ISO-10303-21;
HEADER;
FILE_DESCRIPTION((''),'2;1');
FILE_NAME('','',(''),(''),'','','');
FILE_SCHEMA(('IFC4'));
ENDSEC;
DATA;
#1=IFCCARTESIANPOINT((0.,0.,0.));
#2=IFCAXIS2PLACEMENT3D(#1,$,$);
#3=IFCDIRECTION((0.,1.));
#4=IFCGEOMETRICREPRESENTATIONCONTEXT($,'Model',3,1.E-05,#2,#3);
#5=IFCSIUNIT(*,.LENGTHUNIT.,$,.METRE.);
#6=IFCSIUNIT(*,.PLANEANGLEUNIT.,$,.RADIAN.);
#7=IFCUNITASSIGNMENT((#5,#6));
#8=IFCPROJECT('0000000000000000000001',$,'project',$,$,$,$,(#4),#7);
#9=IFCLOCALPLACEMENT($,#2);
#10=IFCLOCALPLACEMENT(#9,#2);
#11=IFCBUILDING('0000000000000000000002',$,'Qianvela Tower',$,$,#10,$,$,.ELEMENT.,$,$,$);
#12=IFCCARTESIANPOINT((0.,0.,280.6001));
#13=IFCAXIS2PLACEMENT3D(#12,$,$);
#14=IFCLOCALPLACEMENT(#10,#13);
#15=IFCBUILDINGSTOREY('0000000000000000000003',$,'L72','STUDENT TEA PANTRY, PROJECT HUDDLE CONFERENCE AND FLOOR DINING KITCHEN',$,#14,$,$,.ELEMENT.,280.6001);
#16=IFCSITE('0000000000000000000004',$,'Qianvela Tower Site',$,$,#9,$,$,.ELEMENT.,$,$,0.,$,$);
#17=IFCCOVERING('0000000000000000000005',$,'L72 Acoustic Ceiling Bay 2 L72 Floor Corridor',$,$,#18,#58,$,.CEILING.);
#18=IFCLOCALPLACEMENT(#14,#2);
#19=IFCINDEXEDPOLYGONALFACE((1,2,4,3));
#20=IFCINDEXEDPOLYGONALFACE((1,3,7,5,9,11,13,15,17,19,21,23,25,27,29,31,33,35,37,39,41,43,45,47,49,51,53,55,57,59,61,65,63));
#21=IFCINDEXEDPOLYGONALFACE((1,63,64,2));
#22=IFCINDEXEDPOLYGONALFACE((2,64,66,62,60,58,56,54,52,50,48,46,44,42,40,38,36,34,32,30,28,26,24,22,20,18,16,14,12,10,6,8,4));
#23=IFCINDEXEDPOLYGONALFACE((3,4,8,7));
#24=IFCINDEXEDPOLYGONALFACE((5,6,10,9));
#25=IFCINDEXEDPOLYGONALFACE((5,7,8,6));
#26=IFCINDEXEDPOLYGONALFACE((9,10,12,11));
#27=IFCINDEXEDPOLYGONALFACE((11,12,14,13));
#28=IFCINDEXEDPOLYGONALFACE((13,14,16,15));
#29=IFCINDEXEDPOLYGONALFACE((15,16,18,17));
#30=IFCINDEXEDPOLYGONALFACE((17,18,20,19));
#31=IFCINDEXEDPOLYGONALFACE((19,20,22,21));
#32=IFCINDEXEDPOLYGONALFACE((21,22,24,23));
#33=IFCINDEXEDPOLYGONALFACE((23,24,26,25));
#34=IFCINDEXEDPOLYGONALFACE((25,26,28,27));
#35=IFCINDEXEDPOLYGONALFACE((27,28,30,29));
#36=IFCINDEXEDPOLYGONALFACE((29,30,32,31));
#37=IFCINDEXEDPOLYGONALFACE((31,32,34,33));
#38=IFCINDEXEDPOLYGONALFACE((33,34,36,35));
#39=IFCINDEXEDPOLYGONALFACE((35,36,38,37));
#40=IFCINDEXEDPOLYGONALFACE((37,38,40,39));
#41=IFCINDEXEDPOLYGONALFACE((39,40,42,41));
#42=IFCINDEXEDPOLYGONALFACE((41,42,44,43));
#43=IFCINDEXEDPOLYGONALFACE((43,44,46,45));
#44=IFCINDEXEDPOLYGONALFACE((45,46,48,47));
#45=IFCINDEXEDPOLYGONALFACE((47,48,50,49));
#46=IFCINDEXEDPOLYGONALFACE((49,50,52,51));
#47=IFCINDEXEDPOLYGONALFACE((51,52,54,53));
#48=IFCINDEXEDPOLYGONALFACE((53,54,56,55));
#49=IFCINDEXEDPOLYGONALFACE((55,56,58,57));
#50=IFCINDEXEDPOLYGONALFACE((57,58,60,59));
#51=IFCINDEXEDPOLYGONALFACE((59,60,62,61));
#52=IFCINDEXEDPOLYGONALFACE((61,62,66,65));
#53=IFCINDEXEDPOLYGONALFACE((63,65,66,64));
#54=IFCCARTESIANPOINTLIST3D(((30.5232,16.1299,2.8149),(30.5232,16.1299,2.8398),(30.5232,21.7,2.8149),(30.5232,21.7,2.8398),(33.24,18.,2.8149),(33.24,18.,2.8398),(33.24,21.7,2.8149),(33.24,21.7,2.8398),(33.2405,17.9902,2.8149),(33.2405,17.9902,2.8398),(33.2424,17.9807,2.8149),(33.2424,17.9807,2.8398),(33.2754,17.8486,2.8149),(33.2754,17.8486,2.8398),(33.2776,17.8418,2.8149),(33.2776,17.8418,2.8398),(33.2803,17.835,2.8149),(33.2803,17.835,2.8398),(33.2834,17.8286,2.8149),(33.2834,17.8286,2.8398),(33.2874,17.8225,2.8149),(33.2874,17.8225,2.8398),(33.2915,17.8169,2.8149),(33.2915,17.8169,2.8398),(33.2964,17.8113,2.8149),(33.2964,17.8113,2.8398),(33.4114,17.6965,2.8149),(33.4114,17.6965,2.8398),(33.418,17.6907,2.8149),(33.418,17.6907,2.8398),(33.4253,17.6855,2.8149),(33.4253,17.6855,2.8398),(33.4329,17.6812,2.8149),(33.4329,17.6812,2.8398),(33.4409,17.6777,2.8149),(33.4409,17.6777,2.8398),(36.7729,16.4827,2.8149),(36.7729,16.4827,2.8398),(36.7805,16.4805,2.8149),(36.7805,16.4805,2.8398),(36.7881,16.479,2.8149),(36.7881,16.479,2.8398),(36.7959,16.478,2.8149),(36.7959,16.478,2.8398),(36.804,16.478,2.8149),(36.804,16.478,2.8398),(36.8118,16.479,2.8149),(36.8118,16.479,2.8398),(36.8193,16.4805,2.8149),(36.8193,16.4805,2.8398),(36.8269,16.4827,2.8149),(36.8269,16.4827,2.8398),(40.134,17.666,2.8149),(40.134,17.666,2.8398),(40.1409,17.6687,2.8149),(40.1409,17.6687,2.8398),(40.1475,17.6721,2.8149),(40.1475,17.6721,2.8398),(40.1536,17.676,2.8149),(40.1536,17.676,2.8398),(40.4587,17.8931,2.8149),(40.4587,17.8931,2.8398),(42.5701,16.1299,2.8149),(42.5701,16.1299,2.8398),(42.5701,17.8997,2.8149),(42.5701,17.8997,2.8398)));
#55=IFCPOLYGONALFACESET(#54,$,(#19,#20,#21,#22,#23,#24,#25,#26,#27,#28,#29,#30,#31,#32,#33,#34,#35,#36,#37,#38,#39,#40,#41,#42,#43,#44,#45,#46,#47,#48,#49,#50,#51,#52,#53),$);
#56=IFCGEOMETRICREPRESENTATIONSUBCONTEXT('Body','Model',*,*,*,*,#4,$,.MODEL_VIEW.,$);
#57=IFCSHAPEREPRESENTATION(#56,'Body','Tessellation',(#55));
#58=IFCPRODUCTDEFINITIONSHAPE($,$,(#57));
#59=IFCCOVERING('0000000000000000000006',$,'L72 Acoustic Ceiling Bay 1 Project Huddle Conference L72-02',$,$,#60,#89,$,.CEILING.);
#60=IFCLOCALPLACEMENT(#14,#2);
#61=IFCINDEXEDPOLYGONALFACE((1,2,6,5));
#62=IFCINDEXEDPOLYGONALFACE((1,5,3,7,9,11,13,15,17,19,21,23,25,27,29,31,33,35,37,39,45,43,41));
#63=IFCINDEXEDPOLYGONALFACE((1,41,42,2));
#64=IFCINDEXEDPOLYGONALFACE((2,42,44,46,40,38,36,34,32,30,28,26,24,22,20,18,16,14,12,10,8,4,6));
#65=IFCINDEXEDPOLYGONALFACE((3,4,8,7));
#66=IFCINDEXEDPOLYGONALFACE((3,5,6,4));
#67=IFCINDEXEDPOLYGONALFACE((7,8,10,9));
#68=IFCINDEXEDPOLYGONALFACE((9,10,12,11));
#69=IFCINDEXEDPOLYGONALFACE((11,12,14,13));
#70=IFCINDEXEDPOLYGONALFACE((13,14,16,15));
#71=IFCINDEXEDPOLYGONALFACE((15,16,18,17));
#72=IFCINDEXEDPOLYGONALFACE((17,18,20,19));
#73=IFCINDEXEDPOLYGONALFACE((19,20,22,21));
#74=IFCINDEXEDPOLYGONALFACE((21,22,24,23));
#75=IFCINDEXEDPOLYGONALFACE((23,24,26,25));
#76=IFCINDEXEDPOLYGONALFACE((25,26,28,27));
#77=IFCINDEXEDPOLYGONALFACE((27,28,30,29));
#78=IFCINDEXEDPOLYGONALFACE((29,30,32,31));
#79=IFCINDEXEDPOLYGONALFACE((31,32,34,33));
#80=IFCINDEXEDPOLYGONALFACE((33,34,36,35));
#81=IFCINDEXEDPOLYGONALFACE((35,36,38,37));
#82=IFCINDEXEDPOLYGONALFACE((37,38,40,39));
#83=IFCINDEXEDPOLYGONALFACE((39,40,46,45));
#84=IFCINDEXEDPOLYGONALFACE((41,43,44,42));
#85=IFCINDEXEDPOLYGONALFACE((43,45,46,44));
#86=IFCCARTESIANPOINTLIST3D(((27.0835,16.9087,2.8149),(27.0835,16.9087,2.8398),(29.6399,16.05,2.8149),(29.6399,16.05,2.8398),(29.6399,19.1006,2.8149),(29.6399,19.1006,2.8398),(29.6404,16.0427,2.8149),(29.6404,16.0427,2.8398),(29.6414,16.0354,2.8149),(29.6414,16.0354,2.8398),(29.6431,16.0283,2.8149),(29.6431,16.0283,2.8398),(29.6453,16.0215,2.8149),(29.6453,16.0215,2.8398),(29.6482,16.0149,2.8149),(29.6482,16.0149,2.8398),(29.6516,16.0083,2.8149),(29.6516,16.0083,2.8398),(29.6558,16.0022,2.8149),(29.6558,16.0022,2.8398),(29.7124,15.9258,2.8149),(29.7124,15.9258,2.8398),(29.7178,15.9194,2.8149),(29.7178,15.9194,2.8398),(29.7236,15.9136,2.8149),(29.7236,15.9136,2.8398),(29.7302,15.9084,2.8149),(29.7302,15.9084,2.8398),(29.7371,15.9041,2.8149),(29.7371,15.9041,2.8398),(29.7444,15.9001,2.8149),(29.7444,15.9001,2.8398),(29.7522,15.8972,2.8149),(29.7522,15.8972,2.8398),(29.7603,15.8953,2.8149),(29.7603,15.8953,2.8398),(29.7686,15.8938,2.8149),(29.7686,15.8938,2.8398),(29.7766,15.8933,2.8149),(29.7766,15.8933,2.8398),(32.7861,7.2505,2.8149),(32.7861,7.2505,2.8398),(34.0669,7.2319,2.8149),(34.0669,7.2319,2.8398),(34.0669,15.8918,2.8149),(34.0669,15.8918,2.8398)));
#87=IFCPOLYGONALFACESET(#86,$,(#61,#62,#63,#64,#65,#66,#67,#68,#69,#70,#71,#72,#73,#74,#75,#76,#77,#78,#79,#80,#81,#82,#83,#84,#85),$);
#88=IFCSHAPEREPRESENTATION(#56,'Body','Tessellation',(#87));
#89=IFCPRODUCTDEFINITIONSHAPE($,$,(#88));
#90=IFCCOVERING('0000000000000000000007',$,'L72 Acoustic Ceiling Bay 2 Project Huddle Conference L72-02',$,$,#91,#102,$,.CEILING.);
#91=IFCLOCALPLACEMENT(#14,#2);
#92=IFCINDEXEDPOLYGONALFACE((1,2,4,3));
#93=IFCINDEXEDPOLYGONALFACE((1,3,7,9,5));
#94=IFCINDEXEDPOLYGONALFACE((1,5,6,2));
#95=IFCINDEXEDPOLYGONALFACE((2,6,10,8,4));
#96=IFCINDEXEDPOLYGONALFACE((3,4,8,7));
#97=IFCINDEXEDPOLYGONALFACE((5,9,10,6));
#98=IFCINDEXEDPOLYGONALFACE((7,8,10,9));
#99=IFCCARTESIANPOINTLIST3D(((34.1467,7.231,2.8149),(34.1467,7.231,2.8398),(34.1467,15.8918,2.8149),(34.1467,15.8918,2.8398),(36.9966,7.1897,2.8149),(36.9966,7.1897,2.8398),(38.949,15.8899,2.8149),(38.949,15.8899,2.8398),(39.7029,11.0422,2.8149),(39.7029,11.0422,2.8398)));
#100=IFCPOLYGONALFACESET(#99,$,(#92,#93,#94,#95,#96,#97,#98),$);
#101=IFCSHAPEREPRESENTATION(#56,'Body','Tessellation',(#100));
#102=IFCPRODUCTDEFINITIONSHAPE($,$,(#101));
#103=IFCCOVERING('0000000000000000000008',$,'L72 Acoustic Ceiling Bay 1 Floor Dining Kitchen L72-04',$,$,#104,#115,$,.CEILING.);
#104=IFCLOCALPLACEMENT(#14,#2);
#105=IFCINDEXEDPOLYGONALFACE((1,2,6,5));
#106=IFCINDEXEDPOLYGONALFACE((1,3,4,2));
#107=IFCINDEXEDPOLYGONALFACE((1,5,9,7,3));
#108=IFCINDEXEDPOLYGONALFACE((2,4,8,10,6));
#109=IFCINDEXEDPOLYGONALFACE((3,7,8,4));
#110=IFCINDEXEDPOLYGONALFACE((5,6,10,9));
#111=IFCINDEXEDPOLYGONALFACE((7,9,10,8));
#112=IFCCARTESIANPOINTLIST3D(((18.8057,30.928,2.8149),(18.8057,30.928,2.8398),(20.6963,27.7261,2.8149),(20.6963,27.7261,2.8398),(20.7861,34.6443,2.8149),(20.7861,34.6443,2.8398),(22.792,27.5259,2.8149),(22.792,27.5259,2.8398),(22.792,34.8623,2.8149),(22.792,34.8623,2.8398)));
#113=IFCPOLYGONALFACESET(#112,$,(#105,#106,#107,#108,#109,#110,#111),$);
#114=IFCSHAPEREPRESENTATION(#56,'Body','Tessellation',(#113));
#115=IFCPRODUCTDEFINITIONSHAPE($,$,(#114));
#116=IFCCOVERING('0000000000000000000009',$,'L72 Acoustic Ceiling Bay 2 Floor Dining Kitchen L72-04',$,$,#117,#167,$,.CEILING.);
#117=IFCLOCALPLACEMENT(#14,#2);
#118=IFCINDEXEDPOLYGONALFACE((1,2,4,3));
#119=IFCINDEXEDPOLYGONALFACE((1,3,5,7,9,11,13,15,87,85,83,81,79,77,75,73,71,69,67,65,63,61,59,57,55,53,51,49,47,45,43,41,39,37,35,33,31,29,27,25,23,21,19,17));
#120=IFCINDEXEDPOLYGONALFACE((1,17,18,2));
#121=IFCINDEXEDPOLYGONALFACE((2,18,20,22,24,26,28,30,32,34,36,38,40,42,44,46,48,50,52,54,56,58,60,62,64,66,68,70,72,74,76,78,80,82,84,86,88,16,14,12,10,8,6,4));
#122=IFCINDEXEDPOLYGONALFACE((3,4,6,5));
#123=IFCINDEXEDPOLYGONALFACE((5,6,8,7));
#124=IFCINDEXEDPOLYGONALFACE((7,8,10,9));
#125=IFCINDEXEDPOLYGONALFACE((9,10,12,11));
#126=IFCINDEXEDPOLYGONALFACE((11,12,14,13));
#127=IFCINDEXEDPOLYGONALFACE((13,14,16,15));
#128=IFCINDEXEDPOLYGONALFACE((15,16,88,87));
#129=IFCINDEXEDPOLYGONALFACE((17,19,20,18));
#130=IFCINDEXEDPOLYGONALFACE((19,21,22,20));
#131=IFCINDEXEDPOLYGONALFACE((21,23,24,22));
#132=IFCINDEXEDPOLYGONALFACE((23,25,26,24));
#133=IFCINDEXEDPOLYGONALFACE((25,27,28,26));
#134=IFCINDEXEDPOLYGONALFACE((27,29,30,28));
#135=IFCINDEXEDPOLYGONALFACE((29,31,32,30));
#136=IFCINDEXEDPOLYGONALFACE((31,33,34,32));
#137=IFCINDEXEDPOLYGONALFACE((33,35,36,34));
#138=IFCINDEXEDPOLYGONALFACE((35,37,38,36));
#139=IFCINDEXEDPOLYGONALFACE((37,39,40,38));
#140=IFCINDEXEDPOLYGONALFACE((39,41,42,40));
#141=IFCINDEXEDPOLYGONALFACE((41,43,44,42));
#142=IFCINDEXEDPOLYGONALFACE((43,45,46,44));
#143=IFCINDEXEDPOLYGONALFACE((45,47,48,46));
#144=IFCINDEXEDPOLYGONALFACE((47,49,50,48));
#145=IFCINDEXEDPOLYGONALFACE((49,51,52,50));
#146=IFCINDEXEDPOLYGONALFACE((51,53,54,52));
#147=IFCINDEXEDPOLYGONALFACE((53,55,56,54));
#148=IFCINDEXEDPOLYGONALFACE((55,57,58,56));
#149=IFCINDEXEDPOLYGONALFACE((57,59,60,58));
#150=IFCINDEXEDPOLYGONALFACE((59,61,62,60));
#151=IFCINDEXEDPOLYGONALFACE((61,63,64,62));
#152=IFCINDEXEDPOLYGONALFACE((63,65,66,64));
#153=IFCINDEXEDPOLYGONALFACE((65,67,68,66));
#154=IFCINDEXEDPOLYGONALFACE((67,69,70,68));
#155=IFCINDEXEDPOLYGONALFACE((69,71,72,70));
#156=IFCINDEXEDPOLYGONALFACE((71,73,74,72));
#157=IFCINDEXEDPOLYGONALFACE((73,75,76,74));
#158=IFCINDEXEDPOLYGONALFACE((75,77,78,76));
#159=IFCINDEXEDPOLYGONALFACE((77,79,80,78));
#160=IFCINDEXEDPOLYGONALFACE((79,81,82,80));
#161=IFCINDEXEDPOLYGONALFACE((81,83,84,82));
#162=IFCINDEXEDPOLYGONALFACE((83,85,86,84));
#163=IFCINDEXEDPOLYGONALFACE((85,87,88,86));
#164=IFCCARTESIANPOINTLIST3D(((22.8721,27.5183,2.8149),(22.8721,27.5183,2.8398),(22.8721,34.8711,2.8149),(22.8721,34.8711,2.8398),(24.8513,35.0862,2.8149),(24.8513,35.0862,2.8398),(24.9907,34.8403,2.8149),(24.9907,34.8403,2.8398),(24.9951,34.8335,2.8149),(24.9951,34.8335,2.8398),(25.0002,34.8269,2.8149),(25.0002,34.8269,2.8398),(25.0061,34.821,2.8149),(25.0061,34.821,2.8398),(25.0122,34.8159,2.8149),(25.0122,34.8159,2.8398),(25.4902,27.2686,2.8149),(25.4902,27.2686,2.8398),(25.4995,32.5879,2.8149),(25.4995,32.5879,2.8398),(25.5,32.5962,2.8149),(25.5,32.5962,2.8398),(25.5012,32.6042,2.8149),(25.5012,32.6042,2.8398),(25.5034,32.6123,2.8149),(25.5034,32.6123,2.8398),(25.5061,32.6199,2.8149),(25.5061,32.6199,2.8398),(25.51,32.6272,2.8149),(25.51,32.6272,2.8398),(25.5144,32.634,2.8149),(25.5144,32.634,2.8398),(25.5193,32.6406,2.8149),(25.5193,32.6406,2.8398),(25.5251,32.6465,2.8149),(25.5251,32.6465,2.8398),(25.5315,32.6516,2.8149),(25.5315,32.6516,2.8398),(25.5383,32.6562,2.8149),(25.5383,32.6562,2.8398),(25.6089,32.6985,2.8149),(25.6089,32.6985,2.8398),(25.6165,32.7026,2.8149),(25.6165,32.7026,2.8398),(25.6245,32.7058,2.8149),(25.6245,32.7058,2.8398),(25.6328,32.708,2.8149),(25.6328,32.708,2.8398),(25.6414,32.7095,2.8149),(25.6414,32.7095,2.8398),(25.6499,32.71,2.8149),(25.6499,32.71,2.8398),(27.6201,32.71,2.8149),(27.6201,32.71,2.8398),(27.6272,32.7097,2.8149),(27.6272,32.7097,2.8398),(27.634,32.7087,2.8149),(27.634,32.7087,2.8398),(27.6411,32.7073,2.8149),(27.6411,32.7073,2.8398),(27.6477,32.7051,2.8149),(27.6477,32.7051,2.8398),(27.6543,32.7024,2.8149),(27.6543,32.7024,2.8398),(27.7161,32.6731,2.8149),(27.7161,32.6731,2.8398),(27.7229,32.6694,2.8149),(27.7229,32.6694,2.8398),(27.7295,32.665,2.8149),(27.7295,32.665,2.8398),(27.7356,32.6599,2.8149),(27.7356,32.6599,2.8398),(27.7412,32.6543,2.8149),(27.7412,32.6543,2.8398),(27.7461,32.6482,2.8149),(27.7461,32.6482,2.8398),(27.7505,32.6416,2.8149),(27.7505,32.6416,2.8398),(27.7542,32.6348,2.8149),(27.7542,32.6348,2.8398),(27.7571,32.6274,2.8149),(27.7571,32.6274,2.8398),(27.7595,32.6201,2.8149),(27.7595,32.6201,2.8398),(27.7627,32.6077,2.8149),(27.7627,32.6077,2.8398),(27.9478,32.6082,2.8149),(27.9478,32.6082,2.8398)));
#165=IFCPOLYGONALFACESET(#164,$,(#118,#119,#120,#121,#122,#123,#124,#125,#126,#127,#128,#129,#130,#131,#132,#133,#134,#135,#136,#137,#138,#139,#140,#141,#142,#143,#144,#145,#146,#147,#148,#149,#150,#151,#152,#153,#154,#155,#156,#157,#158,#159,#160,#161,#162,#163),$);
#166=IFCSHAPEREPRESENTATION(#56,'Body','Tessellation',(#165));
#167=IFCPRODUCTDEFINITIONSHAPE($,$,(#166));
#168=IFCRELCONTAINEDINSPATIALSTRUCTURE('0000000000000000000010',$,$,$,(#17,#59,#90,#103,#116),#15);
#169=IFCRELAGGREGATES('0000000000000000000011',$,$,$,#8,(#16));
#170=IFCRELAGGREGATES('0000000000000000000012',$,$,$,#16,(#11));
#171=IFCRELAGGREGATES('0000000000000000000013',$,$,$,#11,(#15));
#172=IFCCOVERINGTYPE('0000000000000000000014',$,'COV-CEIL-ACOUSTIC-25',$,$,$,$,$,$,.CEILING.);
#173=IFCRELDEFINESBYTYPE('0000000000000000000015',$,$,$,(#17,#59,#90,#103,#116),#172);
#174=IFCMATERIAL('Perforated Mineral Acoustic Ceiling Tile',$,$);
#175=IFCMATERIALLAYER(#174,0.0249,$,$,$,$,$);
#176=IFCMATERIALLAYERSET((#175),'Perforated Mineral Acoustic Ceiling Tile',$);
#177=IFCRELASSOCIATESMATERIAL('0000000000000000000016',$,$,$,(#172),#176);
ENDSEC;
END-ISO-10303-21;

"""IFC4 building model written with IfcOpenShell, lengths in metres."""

from ifc_helpers import new_model, si_unit, direction, frame, origin, place, context, subcontext, project, spatial, polyline, outline, extrude, material, layer, layer_set, type_object, element, save


model = new_model("IFC4")

# Units and contexts
model_context = context("Model", 3, precision=1e-05, world=origin(), true_north=direction((0.0, 1.0)))
body_context = subcontext(model_context, "Body", "Model", "MODEL_VIEW")
ifc_project = project(units=[si_unit("LENGTHUNIT", "METRE"), si_unit("PLANEANGLEUNIT", "RADIAN")], contexts=[model_context])

# Site, building, storey
site_placement = place(None, origin())
site = spatial("IfcSite", under=ifc_project, at=site_placement, Name="Qianvela Tower Site", CompositionType="ELEMENT", RefElevation=0.0)
building_placement = place(site_placement, origin())
building = spatial("IfcBuilding", under=site, at=building_placement, Name="Qianvela Tower", CompositionType="ELEMENT")
storey_placement = place(building_placement, frame((0.0, 0.0, 280.6001)))
storey = spatial("IfcBuildingStorey", under=building, at=storey_placement, Name="L72", Description="STUDENT TEA PANTRY, PROJECT HUDDLE CONFERENCE AND FLOOR DINING KITCHEN", CompositionType="ELEMENT", Elevation=280.6001)

# Coverings
ifc_material_1 = material(Name="Perforated Mineral Acoustic Ceiling Tile")
ifc_layer_1 = layer(ifc_material_1, 0.0249)
ifc_layer_set_1 = layer_set([ifc_layer_1], Name="Perforated Mineral Acoustic Ceiling Tile")
covering_type_1 = type_object("IfcCoveringType", Name="COV-CEIL-ACOUSTIC-25", PredefinedType="CEILING", material=ifc_layer_set_1)
covering_1_placement = place(storey_placement, frame((0.0, 0.0, 2.8149)))
element("IfcCovering", 1, at=covering_1_placement, inside=storey, type_object=covering_type_1, Name="L72 Acoustic Ceiling Bay 2 L72 Floor Corridor", PredefinedType="CEILING", context=body_context, shape_type="SweptSolid", body=[
    extrude(outline(polyline([(33.24, 21.7), (33.24, 18.0), (33.2405, 17.9902), (33.2424, 17.9807), (33.2754, 17.8486), (33.2776, 17.8418), (33.2803, 17.835), (33.2834, 17.8286), (33.2874, 17.8225), (33.2915, 17.8169), (33.2964, 17.8113), (33.4114, 17.6965), (33.418, 17.6907), (33.4253, 17.6855), (33.4329, 17.6812), (33.4409, 17.6777), (36.7729, 16.4827), (36.7805, 16.4805), (36.7881, 16.479), (36.7959, 16.478), (36.804, 16.478), (36.8118, 16.479), (36.8193, 16.4805), (36.8269, 16.4827), (40.134, 17.666), (40.1409, 17.6687), (40.1475, 17.6721), (40.1536, 17.676), (40.4587, 17.8931), (42.5701, 17.8997), (42.5701, 16.1299), (30.5232, 16.1299), (30.5232, 21.7), (33.24, 21.7)])), origin(), (0.0, 0.0, 1.0), 0.0249),
])
covering_2_placement = place(storey_placement, frame((0.0, 0.0, 2.8149)))
element("IfcCovering", 2, at=covering_2_placement, inside=storey, type_object=covering_type_1, Name="L72 Acoustic Ceiling Bay 1 Project Huddle Conference L72-02", PredefinedType="CEILING", context=body_context, shape_type="SweptSolid", body=[
    extrude(outline(polyline([(29.6399, 19.1006), (29.6399, 16.05), (29.6404, 16.0427), (29.6414, 16.0354), (29.6431, 16.0283), (29.6453, 16.0215), (29.6482, 16.0149), (29.6516, 16.0083), (29.6558, 16.0022), (29.7124, 15.9258), (29.7178, 15.9194), (29.7236, 15.9136), (29.7302, 15.9084), (29.7371, 15.9041), (29.7444, 15.9001), (29.7522, 15.8972), (29.7603, 15.8953), (29.7686, 15.8938), (29.7766, 15.8933), (34.0669, 15.8918), (34.0669, 7.2319), (32.7861, 7.2505), (27.0835, 16.9087), (29.6399, 19.1006)])), origin(), (0.0, 0.0, 1.0), 0.0249),
])
covering_3_placement = place(storey_placement, frame((0.0, 0.0, 2.8149)))
element("IfcCovering", 3, at=covering_3_placement, inside=storey, type_object=covering_type_1, Name="L72 Acoustic Ceiling Bay 2 Project Huddle Conference L72-02", PredefinedType="CEILING", context=body_context, shape_type="SweptSolid", body=[
    extrude(outline(polyline([(38.949, 15.8899), (39.7029, 11.0422), (36.9966, 7.1897), (34.1467, 7.231), (34.1467, 15.8918), (38.949, 15.8899)])), origin(), (0.0, 0.0, 1.0), 0.0249),
])
covering_4_placement = place(storey_placement, frame((0.0, 0.0, 2.8149)))
element("IfcCovering", 4, at=covering_4_placement, inside=storey, type_object=covering_type_1, Name="L72 Acoustic Ceiling Bay 1 Floor Dining Kitchen L72-04", PredefinedType="CEILING", context=body_context, shape_type="SweptSolid", body=[
    extrude(outline(polyline([(22.792, 34.8623), (22.792, 27.5259), (20.6963, 27.7261), (18.8057, 30.928), (20.7861, 34.6443), (22.792, 34.8623)])), origin(), (0.0, 0.0, 1.0), 0.0249),
])
covering_5_placement = place(storey_placement, frame((0.0, 0.0, 2.8149)))
element("IfcCovering", 5, at=covering_5_placement, inside=storey, type_object=covering_type_1, Name="L72 Acoustic Ceiling Bay 2 Floor Dining Kitchen L72-04", PredefinedType="CEILING", context=body_context, shape_type="SweptSolid", body=[
    extrude(outline(polyline([(24.8513, 35.0862), (24.9907, 34.8403), (24.9951, 34.8335), (25.0002, 34.8269), (25.0061, 34.821), (25.0122, 34.8159), (27.9478, 32.6082), (27.7627, 32.6077), (27.7595, 32.6201), (27.7571, 32.6274), (27.7542, 32.6348), (27.7505, 32.6416), (27.7461, 32.6482), (27.7412, 32.6543), (27.7356, 32.6599), (27.7295, 32.665), (27.7229, 32.6694), (27.7161, 32.6731), (27.6543, 32.7024), (27.6477, 32.7051), (27.6411, 32.7073), (27.634, 32.7087), (27.6272, 32.7097), (27.6201, 32.71), (25.6499, 32.71), (25.6414, 32.7095), (25.6328, 32.708), (25.6245, 32.7058), (25.6165, 32.7026), (25.6089, 32.6985), (25.5383, 32.6562), (25.5315, 32.6516), (25.5251, 32.6465), (25.5193, 32.6406), (25.5144, 32.634), (25.51, 32.6272), (25.5061, 32.6199), (25.5034, 32.6123), (25.5012, 32.6042), (25.5, 32.5962), (25.4995, 32.5879), (25.4902, 27.2686), (22.8721, 27.5183), (22.8721, 34.8711), (24.8513, 35.0862)])), origin(), (0.0, 0.0, 1.0), 0.0249),
])

save(model, "model.ifc")
